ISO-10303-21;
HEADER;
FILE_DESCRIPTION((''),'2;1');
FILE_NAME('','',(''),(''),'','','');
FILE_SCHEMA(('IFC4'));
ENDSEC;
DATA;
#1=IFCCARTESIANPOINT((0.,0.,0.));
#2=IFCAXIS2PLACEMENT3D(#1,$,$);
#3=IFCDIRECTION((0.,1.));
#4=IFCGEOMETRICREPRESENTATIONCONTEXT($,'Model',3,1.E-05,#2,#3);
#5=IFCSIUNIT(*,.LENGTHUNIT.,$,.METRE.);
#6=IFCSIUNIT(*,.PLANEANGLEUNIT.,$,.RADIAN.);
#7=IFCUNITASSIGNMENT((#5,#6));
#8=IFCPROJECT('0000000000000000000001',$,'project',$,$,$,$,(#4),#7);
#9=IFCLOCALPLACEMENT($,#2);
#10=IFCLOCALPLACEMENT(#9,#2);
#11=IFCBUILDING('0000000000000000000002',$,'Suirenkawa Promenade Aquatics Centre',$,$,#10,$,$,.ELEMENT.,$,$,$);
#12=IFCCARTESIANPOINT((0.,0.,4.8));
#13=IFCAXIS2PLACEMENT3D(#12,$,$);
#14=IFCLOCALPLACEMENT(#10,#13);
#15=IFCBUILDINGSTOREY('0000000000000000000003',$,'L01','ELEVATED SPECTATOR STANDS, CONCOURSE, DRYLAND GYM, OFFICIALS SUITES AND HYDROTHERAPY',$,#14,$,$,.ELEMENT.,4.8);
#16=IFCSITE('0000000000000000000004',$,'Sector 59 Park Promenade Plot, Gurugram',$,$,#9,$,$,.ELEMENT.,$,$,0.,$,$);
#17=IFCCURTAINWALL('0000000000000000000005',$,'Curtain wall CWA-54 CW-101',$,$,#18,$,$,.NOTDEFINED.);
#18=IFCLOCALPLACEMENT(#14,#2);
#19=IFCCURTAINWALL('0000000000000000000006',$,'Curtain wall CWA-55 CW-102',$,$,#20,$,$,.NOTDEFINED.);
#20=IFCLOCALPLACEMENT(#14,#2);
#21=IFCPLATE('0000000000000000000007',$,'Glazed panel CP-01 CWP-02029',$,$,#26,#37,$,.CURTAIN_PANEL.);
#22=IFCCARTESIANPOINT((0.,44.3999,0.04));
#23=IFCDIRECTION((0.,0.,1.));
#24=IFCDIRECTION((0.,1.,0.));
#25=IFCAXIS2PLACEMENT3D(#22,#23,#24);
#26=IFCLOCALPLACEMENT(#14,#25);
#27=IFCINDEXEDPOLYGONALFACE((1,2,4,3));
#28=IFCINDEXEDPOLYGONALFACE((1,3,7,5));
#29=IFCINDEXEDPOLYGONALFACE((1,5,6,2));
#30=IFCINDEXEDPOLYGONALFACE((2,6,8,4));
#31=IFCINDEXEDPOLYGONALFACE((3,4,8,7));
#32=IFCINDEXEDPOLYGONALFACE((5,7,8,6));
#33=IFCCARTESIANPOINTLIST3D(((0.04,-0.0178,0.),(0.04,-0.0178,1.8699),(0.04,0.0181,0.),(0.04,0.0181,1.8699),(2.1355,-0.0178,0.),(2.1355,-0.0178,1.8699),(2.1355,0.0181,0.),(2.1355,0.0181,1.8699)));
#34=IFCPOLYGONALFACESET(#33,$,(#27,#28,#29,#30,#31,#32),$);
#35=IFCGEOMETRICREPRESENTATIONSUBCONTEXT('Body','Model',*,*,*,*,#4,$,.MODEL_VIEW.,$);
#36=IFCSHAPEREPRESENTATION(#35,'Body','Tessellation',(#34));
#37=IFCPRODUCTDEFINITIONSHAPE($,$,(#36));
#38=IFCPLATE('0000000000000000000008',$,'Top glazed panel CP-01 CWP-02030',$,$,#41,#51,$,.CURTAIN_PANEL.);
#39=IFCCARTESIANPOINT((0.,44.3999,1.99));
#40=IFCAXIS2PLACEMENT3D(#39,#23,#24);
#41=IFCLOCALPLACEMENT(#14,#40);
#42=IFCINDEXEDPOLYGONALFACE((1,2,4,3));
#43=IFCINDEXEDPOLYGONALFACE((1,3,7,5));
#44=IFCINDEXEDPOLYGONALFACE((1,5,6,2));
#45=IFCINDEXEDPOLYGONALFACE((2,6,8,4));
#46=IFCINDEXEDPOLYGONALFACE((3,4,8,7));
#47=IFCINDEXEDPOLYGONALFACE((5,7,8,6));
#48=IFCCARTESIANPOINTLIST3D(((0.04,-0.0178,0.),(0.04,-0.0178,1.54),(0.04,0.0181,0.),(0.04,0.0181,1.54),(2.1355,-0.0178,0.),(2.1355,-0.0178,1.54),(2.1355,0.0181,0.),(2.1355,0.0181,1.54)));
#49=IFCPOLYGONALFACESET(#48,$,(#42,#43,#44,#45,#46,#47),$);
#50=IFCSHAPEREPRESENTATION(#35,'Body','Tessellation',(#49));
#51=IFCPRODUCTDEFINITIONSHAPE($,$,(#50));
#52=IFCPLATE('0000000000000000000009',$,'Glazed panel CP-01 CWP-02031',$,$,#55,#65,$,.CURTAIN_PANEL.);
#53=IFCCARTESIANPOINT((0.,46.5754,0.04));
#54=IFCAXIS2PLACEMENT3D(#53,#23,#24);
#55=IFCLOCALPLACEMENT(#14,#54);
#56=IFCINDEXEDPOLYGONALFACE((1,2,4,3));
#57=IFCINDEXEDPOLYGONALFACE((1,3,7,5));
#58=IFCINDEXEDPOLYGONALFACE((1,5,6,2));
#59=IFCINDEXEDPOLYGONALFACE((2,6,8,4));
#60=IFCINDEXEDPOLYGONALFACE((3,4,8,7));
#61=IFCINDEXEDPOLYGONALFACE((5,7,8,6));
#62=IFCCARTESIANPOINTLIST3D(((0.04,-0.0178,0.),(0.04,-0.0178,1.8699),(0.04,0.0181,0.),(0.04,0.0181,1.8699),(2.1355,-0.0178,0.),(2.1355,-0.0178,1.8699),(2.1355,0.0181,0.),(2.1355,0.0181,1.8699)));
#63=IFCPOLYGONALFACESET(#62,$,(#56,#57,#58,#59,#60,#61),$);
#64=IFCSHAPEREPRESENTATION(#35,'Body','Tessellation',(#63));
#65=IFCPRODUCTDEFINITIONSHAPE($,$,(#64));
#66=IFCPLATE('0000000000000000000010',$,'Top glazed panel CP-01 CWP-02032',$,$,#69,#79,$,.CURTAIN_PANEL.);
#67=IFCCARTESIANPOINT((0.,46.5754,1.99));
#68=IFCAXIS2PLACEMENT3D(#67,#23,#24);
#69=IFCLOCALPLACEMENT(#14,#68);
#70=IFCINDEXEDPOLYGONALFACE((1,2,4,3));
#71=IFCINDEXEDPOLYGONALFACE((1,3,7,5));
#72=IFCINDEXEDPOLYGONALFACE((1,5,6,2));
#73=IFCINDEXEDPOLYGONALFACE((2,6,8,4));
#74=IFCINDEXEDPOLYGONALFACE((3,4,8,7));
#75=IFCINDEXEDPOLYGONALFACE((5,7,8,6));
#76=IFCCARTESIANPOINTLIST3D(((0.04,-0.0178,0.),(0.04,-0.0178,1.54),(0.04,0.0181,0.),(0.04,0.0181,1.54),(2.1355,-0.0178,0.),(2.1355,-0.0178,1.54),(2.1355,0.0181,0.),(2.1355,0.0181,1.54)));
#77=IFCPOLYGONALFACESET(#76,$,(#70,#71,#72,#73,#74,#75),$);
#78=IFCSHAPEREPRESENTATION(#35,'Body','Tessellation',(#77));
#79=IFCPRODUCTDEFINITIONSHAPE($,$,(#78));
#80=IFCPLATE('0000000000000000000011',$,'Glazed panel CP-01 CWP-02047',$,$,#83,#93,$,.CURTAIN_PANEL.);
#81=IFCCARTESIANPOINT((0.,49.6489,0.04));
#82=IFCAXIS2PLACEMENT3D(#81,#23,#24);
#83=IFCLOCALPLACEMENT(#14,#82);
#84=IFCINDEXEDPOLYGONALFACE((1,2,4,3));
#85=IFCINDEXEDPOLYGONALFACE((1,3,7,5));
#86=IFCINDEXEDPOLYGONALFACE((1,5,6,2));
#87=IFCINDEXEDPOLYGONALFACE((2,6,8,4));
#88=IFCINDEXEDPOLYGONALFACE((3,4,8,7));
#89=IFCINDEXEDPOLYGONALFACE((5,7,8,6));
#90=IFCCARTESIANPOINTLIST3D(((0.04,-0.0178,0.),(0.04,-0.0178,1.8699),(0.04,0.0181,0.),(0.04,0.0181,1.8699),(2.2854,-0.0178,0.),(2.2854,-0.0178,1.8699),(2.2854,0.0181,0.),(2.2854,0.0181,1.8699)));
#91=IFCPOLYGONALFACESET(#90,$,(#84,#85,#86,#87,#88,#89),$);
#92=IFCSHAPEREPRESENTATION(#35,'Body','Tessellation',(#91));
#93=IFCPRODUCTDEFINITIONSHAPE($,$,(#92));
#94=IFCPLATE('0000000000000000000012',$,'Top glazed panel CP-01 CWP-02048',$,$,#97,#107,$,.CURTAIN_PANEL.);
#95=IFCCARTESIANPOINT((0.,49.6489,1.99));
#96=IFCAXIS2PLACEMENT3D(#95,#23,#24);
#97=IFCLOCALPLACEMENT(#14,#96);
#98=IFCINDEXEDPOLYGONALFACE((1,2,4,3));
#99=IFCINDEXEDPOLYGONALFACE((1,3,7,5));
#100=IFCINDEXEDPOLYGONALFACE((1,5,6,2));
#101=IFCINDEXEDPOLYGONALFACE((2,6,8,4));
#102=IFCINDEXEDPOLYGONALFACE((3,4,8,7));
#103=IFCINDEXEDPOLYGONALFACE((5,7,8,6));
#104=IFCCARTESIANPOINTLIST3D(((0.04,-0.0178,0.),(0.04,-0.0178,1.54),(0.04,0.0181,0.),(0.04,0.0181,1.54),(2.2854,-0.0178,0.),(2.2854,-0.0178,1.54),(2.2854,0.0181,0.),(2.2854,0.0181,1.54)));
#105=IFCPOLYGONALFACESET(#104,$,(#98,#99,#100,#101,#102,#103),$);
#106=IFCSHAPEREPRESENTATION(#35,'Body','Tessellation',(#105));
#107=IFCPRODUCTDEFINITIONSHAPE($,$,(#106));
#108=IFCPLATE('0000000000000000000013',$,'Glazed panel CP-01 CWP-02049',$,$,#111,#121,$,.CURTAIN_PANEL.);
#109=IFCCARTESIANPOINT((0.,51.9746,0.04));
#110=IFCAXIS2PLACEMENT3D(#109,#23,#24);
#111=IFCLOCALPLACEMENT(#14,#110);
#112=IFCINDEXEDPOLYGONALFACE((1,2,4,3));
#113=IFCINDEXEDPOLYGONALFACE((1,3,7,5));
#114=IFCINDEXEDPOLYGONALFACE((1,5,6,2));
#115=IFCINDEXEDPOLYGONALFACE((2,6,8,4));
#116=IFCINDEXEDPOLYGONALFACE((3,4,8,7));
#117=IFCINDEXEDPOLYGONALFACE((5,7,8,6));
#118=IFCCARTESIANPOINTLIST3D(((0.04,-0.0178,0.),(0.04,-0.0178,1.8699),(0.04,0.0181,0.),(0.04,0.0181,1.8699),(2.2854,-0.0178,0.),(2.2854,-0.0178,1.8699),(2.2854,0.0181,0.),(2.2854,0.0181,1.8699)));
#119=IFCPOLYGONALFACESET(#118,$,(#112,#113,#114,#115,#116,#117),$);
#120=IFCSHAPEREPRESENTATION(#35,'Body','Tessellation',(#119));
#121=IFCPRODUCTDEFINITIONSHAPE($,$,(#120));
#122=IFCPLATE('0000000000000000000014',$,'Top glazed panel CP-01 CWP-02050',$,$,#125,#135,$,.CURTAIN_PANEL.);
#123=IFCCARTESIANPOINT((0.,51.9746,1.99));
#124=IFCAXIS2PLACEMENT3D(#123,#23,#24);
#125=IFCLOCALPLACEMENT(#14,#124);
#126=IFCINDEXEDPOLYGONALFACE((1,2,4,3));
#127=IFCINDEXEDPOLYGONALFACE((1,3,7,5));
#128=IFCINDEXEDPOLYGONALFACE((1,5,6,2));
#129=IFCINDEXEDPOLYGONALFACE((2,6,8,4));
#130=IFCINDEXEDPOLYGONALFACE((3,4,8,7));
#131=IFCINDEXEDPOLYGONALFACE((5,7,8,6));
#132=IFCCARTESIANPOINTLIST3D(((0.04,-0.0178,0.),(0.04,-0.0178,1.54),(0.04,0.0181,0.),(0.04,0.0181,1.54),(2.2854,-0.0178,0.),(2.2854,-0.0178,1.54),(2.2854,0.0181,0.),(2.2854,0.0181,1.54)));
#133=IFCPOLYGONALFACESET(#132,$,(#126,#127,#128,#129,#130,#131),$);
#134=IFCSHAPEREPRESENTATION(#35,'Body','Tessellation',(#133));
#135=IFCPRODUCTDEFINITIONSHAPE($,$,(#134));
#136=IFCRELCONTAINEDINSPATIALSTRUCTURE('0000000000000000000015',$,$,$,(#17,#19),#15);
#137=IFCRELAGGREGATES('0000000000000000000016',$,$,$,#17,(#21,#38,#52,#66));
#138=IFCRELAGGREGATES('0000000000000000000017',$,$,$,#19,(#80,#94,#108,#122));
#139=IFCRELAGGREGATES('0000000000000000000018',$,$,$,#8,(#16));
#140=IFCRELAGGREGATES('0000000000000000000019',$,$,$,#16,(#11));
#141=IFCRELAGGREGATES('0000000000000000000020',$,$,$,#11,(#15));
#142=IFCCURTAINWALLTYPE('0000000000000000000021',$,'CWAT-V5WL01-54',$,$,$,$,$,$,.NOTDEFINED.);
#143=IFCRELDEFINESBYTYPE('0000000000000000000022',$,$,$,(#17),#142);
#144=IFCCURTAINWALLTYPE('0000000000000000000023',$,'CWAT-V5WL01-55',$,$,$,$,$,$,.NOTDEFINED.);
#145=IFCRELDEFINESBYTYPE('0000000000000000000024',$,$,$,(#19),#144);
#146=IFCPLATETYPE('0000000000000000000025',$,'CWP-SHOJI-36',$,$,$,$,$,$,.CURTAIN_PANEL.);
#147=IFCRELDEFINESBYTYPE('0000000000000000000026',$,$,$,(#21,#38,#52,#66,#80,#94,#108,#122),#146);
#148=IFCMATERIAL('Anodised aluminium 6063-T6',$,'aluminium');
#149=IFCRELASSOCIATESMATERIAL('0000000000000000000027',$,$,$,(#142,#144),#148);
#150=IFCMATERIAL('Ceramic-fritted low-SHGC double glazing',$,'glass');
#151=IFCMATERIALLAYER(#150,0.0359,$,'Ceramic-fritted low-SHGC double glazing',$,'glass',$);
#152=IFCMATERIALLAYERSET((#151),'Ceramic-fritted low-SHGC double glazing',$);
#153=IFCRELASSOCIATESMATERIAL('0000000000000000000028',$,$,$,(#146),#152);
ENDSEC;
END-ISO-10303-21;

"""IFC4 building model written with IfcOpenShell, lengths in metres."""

from ifc_helpers import new_model, si_unit, direction, frame, origin, place, context, subcontext, project, spatial, polyline, outline, extrude, material, layer, layer_set, type_object, element, aggregate, save


model = new_model("IFC4")

# Units and contexts
model_context = context("Model", 3, precision=1e-05, world=origin(), true_north=direction((0.0, 1.0)))
body_context = subcontext(model_context, "Body", "Model", "MODEL_VIEW")
ifc_project = project(units=[si_unit("LENGTHUNIT", "METRE"), si_unit("PLANEANGLEUNIT", "RADIAN")], contexts=[model_context])

# Site, building, storey
site_placement = place(None, origin())
site = spatial("IfcSite", under=ifc_project, at=site_placement, Name="Sector 59 Park Promenade Plot, Gurugram", CompositionType="ELEMENT", RefElevation=0.0)
building_placement = place(site_placement, origin())
building = spatial("IfcBuilding", under=site, at=building_placement, Name="Suirenkawa Promenade Aquatics Centre", CompositionType="ELEMENT")
storey_placement = place(building_placement, frame((0.0, 0.0, 4.8)))
storey = spatial("IfcBuildingStorey", under=building, at=storey_placement, Name="L01", Description="ELEVATED SPECTATOR STANDS, CONCOURSE, DRYLAND GYM, OFFICIALS SUITES AND HYDROTHERAPY", CompositionType="ELEMENT", Elevation=4.8)

# Curtain walls
ifc_material_1 = material(Name="Anodised aluminium 6063-T6", Category="aluminium")
curtain_wall_type_1 = type_object("IfcCurtainWallType", Name="CWAT-V5WL01-54", PredefinedType="NOTDEFINED", material=ifc_material_1)
curtain_wall_1_placement = place(storey_placement, origin())
curtain_wall_1 = element("IfcCurtainWall", 1, at=curtain_wall_1_placement, inside=storey, type_object=curtain_wall_type_1, Name="Curtain wall CWA-54 CW-101", PredefinedType="NOTDEFINED")
curtain_wall_type_2 = type_object("IfcCurtainWallType", Name="CWAT-V5WL01-55", PredefinedType="NOTDEFINED", material=ifc_material_1)
curtain_wall_2_placement = place(storey_placement, origin())
curtain_wall_2 = element("IfcCurtainWall", 2, at=curtain_wall_2_placement, inside=storey, type_object=curtain_wall_type_2, Name="Curtain wall CWA-55 CW-102", PredefinedType="NOTDEFINED")

# Plates
ifc_material_2 = material(Name="Ceramic-fritted low-SHGC double glazing", Category="glass")
ifc_layer = layer(ifc_material_2, 0.0359, Name="Ceramic-fritted low-SHGC double glazing", Category="glass")
ifc_layer_set = layer_set([ifc_layer], Name="Ceramic-fritted low-SHGC double glazing")
plate_type = type_object("IfcPlateType", Name="CWP-SHOJI-36", PredefinedType="CURTAIN_PANEL", material=ifc_layer_set)
plate_1_placement = place(storey_placement, frame((0.0, 44.3999, 0.04), z_axis=(0.0, 0.0, 1.0), x_axis=(0.0, 1.0, 0.0)))
plate_1 = element("IfcPlate", 3, at=plate_1_placement, type_object=plate_type, Name="Glazed panel CP-01 CWP-02029", PredefinedType="CURTAIN_PANEL", context=body_context, shape_type="SweptSolid", body=[
    extrude(outline(polyline([(0.04, 0.0), (2.1355, 0.0), (2.1355, 1.8699), (0.04, 1.8699), (0.04, 0.0)])), frame((0.0, 0.0181, 0.0), z_axis=(0.0, -1.0, 0.0), x_axis=(1.0, 0.0, 0.0)), (0.0, 0.0, 1.0), 0.0359),
])
plate_2_placement = place(storey_placement, frame((0.0, 44.3999, 1.99), z_axis=(0.0, 0.0, 1.0), x_axis=(0.0, 1.0, 0.0)))
plate_2 = element("IfcPlate", 4, at=plate_2_placement, type_object=plate_type, Name="Top glazed panel CP-01 CWP-02030", PredefinedType="CURTAIN_PANEL", context=body_context, shape_type="SweptSolid", body=[
    extrude(outline(polyline([(0.04, 0.0), (2.1355, 0.0), (2.1355, 1.54), (0.04, 1.54), (0.04, 0.0)])), frame((0.0, 0.0181, 0.0), z_axis=(0.0, -1.0, 0.0), x_axis=(1.0, 0.0, 0.0)), (0.0, 0.0, 1.0), 0.0359),
])
plate_3_placement = place(storey_placement, frame((0.0, 46.5754, 0.04), z_axis=(0.0, 0.0, 1.0), x_axis=(0.0, 1.0, 0.0)))
plate_3 = element("IfcPlate", 5, at=plate_3_placement, type_object=plate_type, Name="Glazed panel CP-01 CWP-02031", PredefinedType="CURTAIN_PANEL", context=body_context, shape_type="SweptSolid", body=[
    extrude(outline(polyline([(0.04, 0.0), (2.1355, 0.0), (2.1355, 1.8699), (0.04, 1.8699), (0.04, 0.0)])), frame((0.0, 0.0181, 0.0), z_axis=(0.0, -1.0, 0.0), x_axis=(1.0, 0.0, 0.0)), (0.0, 0.0, 1.0), 0.0359),
])
plate_4_placement = place(storey_placement, frame((0.0, 46.5754, 1.99), z_axis=(0.0, 0.0, 1.0), x_axis=(0.0, 1.0, 0.0)))
plate_4 = element("IfcPlate", 6, at=plate_4_placement, type_object=plate_type, Name="Top glazed panel CP-01 CWP-02032", PredefinedType="CURTAIN_PANEL", context=body_context, shape_type="SweptSolid", body=[
    extrude(outline(polyline([(0.04, 0.0), (2.1355, 0.0), (2.1355, 1.54), (0.04, 1.54), (0.04, 0.0)])), frame((0.0, 0.0181, 0.0), z_axis=(0.0, -1.0, 0.0), x_axis=(1.0, 0.0, 0.0)), (0.0, 0.0, 1.0), 0.0359),
])
aggregate(curtain_wall_1, [plate_1, plate_2, plate_3, plate_4])
plate_5_placement = place(storey_placement, frame((0.0, 49.6489, 0.04), z_axis=(0.0, 0.0, 1.0), x_axis=(0.0, 1.0, 0.0)))
plate_5 = element("IfcPlate", 7, at=plate_5_placement, type_object=plate_type, Name="Glazed panel CP-01 CWP-02047", PredefinedType="CURTAIN_PANEL", context=body_context, shape_type="SweptSolid", body=[
    extrude(outline(polyline([(0.04, 0.0), (2.2854, 0.0), (2.2854, 1.8699), (0.04, 1.8699), (0.04, 0.0)])), frame((0.0, 0.0181, 0.0), z_axis=(0.0, -1.0, 0.0), x_axis=(1.0, 0.0, 0.0)), (0.0, 0.0, 1.0), 0.0359),
])
plate_6_placement = place(storey_placement, frame((0.0, 49.6489, 1.99), z_axis=(0.0, 0.0, 1.0), x_axis=(0.0, 1.0, 0.0)))
plate_6 = element("IfcPlate", 8, at=plate_6_placement, type_object=plate_type, Name="Top glazed panel CP-01 CWP-02048", PredefinedType="CURTAIN_PANEL", context=body_context, shape_type="SweptSolid", body=[
    extrude(outline(polyline([(0.04, 0.0), (2.2854, 0.0), (2.2854, 1.54), (0.04, 1.54), (0.04, 0.0)])), frame((0.0, 0.0181, 0.0), z_axis=(0.0, -1.0, 0.0), x_axis=(1.0, 0.0, 0.0)), (0.0, 0.0, 1.0), 0.0359),
])
plate_7_placement = place(storey_placement, frame((0.0, 51.9746, 0.04), z_axis=(0.0, 0.0, 1.0), x_axis=(0.0, 1.0, 0.0)))
plate_7 = element("IfcPlate", 9, at=plate_7_placement, type_object=plate_type, Name="Glazed panel CP-01 CWP-02049", PredefinedType="CURTAIN_PANEL", context=body_context, shape_type="SweptSolid", body=[
    extrude(outline(polyline([(0.04, 0.0), (2.2854, 0.0), (2.2854, 1.8699), (0.04, 1.8699), (0.04, 0.0)])), frame((0.0, 0.0181, 0.0), z_axis=(0.0, -1.0, 0.0), x_axis=(1.0, 0.0, 0.0)), (0.0, 0.0, 1.0), 0.0359),
])
plate_8_placement = place(storey_placement, frame((0.0, 51.9746, 1.99), z_axis=(0.0, 0.0, 1.0), x_axis=(0.0, 1.0, 0.0)))
plate_8 = element("IfcPlate", 10, at=plate_8_placement, type_object=plate_type, Name="Top glazed panel CP-01 CWP-02050", PredefinedType="CURTAIN_PANEL", context=body_context, shape_type="SweptSolid", body=[
    extrude(outline(polyline([(0.04, 0.0), (2.2854, 0.0), (2.2854, 1.54), (0.04, 1.54), (0.04, 0.0)])), frame((0.0, 0.0181, 0.0), z_axis=(0.0, -1.0, 0.0), x_axis=(1.0, 0.0, 0.0)), (0.0, 0.0, 1.0), 0.0359),
])
aggregate(curtain_wall_2, [plate_5, plate_6, plate_7, plate_8])

save(model, "model.ifc")
